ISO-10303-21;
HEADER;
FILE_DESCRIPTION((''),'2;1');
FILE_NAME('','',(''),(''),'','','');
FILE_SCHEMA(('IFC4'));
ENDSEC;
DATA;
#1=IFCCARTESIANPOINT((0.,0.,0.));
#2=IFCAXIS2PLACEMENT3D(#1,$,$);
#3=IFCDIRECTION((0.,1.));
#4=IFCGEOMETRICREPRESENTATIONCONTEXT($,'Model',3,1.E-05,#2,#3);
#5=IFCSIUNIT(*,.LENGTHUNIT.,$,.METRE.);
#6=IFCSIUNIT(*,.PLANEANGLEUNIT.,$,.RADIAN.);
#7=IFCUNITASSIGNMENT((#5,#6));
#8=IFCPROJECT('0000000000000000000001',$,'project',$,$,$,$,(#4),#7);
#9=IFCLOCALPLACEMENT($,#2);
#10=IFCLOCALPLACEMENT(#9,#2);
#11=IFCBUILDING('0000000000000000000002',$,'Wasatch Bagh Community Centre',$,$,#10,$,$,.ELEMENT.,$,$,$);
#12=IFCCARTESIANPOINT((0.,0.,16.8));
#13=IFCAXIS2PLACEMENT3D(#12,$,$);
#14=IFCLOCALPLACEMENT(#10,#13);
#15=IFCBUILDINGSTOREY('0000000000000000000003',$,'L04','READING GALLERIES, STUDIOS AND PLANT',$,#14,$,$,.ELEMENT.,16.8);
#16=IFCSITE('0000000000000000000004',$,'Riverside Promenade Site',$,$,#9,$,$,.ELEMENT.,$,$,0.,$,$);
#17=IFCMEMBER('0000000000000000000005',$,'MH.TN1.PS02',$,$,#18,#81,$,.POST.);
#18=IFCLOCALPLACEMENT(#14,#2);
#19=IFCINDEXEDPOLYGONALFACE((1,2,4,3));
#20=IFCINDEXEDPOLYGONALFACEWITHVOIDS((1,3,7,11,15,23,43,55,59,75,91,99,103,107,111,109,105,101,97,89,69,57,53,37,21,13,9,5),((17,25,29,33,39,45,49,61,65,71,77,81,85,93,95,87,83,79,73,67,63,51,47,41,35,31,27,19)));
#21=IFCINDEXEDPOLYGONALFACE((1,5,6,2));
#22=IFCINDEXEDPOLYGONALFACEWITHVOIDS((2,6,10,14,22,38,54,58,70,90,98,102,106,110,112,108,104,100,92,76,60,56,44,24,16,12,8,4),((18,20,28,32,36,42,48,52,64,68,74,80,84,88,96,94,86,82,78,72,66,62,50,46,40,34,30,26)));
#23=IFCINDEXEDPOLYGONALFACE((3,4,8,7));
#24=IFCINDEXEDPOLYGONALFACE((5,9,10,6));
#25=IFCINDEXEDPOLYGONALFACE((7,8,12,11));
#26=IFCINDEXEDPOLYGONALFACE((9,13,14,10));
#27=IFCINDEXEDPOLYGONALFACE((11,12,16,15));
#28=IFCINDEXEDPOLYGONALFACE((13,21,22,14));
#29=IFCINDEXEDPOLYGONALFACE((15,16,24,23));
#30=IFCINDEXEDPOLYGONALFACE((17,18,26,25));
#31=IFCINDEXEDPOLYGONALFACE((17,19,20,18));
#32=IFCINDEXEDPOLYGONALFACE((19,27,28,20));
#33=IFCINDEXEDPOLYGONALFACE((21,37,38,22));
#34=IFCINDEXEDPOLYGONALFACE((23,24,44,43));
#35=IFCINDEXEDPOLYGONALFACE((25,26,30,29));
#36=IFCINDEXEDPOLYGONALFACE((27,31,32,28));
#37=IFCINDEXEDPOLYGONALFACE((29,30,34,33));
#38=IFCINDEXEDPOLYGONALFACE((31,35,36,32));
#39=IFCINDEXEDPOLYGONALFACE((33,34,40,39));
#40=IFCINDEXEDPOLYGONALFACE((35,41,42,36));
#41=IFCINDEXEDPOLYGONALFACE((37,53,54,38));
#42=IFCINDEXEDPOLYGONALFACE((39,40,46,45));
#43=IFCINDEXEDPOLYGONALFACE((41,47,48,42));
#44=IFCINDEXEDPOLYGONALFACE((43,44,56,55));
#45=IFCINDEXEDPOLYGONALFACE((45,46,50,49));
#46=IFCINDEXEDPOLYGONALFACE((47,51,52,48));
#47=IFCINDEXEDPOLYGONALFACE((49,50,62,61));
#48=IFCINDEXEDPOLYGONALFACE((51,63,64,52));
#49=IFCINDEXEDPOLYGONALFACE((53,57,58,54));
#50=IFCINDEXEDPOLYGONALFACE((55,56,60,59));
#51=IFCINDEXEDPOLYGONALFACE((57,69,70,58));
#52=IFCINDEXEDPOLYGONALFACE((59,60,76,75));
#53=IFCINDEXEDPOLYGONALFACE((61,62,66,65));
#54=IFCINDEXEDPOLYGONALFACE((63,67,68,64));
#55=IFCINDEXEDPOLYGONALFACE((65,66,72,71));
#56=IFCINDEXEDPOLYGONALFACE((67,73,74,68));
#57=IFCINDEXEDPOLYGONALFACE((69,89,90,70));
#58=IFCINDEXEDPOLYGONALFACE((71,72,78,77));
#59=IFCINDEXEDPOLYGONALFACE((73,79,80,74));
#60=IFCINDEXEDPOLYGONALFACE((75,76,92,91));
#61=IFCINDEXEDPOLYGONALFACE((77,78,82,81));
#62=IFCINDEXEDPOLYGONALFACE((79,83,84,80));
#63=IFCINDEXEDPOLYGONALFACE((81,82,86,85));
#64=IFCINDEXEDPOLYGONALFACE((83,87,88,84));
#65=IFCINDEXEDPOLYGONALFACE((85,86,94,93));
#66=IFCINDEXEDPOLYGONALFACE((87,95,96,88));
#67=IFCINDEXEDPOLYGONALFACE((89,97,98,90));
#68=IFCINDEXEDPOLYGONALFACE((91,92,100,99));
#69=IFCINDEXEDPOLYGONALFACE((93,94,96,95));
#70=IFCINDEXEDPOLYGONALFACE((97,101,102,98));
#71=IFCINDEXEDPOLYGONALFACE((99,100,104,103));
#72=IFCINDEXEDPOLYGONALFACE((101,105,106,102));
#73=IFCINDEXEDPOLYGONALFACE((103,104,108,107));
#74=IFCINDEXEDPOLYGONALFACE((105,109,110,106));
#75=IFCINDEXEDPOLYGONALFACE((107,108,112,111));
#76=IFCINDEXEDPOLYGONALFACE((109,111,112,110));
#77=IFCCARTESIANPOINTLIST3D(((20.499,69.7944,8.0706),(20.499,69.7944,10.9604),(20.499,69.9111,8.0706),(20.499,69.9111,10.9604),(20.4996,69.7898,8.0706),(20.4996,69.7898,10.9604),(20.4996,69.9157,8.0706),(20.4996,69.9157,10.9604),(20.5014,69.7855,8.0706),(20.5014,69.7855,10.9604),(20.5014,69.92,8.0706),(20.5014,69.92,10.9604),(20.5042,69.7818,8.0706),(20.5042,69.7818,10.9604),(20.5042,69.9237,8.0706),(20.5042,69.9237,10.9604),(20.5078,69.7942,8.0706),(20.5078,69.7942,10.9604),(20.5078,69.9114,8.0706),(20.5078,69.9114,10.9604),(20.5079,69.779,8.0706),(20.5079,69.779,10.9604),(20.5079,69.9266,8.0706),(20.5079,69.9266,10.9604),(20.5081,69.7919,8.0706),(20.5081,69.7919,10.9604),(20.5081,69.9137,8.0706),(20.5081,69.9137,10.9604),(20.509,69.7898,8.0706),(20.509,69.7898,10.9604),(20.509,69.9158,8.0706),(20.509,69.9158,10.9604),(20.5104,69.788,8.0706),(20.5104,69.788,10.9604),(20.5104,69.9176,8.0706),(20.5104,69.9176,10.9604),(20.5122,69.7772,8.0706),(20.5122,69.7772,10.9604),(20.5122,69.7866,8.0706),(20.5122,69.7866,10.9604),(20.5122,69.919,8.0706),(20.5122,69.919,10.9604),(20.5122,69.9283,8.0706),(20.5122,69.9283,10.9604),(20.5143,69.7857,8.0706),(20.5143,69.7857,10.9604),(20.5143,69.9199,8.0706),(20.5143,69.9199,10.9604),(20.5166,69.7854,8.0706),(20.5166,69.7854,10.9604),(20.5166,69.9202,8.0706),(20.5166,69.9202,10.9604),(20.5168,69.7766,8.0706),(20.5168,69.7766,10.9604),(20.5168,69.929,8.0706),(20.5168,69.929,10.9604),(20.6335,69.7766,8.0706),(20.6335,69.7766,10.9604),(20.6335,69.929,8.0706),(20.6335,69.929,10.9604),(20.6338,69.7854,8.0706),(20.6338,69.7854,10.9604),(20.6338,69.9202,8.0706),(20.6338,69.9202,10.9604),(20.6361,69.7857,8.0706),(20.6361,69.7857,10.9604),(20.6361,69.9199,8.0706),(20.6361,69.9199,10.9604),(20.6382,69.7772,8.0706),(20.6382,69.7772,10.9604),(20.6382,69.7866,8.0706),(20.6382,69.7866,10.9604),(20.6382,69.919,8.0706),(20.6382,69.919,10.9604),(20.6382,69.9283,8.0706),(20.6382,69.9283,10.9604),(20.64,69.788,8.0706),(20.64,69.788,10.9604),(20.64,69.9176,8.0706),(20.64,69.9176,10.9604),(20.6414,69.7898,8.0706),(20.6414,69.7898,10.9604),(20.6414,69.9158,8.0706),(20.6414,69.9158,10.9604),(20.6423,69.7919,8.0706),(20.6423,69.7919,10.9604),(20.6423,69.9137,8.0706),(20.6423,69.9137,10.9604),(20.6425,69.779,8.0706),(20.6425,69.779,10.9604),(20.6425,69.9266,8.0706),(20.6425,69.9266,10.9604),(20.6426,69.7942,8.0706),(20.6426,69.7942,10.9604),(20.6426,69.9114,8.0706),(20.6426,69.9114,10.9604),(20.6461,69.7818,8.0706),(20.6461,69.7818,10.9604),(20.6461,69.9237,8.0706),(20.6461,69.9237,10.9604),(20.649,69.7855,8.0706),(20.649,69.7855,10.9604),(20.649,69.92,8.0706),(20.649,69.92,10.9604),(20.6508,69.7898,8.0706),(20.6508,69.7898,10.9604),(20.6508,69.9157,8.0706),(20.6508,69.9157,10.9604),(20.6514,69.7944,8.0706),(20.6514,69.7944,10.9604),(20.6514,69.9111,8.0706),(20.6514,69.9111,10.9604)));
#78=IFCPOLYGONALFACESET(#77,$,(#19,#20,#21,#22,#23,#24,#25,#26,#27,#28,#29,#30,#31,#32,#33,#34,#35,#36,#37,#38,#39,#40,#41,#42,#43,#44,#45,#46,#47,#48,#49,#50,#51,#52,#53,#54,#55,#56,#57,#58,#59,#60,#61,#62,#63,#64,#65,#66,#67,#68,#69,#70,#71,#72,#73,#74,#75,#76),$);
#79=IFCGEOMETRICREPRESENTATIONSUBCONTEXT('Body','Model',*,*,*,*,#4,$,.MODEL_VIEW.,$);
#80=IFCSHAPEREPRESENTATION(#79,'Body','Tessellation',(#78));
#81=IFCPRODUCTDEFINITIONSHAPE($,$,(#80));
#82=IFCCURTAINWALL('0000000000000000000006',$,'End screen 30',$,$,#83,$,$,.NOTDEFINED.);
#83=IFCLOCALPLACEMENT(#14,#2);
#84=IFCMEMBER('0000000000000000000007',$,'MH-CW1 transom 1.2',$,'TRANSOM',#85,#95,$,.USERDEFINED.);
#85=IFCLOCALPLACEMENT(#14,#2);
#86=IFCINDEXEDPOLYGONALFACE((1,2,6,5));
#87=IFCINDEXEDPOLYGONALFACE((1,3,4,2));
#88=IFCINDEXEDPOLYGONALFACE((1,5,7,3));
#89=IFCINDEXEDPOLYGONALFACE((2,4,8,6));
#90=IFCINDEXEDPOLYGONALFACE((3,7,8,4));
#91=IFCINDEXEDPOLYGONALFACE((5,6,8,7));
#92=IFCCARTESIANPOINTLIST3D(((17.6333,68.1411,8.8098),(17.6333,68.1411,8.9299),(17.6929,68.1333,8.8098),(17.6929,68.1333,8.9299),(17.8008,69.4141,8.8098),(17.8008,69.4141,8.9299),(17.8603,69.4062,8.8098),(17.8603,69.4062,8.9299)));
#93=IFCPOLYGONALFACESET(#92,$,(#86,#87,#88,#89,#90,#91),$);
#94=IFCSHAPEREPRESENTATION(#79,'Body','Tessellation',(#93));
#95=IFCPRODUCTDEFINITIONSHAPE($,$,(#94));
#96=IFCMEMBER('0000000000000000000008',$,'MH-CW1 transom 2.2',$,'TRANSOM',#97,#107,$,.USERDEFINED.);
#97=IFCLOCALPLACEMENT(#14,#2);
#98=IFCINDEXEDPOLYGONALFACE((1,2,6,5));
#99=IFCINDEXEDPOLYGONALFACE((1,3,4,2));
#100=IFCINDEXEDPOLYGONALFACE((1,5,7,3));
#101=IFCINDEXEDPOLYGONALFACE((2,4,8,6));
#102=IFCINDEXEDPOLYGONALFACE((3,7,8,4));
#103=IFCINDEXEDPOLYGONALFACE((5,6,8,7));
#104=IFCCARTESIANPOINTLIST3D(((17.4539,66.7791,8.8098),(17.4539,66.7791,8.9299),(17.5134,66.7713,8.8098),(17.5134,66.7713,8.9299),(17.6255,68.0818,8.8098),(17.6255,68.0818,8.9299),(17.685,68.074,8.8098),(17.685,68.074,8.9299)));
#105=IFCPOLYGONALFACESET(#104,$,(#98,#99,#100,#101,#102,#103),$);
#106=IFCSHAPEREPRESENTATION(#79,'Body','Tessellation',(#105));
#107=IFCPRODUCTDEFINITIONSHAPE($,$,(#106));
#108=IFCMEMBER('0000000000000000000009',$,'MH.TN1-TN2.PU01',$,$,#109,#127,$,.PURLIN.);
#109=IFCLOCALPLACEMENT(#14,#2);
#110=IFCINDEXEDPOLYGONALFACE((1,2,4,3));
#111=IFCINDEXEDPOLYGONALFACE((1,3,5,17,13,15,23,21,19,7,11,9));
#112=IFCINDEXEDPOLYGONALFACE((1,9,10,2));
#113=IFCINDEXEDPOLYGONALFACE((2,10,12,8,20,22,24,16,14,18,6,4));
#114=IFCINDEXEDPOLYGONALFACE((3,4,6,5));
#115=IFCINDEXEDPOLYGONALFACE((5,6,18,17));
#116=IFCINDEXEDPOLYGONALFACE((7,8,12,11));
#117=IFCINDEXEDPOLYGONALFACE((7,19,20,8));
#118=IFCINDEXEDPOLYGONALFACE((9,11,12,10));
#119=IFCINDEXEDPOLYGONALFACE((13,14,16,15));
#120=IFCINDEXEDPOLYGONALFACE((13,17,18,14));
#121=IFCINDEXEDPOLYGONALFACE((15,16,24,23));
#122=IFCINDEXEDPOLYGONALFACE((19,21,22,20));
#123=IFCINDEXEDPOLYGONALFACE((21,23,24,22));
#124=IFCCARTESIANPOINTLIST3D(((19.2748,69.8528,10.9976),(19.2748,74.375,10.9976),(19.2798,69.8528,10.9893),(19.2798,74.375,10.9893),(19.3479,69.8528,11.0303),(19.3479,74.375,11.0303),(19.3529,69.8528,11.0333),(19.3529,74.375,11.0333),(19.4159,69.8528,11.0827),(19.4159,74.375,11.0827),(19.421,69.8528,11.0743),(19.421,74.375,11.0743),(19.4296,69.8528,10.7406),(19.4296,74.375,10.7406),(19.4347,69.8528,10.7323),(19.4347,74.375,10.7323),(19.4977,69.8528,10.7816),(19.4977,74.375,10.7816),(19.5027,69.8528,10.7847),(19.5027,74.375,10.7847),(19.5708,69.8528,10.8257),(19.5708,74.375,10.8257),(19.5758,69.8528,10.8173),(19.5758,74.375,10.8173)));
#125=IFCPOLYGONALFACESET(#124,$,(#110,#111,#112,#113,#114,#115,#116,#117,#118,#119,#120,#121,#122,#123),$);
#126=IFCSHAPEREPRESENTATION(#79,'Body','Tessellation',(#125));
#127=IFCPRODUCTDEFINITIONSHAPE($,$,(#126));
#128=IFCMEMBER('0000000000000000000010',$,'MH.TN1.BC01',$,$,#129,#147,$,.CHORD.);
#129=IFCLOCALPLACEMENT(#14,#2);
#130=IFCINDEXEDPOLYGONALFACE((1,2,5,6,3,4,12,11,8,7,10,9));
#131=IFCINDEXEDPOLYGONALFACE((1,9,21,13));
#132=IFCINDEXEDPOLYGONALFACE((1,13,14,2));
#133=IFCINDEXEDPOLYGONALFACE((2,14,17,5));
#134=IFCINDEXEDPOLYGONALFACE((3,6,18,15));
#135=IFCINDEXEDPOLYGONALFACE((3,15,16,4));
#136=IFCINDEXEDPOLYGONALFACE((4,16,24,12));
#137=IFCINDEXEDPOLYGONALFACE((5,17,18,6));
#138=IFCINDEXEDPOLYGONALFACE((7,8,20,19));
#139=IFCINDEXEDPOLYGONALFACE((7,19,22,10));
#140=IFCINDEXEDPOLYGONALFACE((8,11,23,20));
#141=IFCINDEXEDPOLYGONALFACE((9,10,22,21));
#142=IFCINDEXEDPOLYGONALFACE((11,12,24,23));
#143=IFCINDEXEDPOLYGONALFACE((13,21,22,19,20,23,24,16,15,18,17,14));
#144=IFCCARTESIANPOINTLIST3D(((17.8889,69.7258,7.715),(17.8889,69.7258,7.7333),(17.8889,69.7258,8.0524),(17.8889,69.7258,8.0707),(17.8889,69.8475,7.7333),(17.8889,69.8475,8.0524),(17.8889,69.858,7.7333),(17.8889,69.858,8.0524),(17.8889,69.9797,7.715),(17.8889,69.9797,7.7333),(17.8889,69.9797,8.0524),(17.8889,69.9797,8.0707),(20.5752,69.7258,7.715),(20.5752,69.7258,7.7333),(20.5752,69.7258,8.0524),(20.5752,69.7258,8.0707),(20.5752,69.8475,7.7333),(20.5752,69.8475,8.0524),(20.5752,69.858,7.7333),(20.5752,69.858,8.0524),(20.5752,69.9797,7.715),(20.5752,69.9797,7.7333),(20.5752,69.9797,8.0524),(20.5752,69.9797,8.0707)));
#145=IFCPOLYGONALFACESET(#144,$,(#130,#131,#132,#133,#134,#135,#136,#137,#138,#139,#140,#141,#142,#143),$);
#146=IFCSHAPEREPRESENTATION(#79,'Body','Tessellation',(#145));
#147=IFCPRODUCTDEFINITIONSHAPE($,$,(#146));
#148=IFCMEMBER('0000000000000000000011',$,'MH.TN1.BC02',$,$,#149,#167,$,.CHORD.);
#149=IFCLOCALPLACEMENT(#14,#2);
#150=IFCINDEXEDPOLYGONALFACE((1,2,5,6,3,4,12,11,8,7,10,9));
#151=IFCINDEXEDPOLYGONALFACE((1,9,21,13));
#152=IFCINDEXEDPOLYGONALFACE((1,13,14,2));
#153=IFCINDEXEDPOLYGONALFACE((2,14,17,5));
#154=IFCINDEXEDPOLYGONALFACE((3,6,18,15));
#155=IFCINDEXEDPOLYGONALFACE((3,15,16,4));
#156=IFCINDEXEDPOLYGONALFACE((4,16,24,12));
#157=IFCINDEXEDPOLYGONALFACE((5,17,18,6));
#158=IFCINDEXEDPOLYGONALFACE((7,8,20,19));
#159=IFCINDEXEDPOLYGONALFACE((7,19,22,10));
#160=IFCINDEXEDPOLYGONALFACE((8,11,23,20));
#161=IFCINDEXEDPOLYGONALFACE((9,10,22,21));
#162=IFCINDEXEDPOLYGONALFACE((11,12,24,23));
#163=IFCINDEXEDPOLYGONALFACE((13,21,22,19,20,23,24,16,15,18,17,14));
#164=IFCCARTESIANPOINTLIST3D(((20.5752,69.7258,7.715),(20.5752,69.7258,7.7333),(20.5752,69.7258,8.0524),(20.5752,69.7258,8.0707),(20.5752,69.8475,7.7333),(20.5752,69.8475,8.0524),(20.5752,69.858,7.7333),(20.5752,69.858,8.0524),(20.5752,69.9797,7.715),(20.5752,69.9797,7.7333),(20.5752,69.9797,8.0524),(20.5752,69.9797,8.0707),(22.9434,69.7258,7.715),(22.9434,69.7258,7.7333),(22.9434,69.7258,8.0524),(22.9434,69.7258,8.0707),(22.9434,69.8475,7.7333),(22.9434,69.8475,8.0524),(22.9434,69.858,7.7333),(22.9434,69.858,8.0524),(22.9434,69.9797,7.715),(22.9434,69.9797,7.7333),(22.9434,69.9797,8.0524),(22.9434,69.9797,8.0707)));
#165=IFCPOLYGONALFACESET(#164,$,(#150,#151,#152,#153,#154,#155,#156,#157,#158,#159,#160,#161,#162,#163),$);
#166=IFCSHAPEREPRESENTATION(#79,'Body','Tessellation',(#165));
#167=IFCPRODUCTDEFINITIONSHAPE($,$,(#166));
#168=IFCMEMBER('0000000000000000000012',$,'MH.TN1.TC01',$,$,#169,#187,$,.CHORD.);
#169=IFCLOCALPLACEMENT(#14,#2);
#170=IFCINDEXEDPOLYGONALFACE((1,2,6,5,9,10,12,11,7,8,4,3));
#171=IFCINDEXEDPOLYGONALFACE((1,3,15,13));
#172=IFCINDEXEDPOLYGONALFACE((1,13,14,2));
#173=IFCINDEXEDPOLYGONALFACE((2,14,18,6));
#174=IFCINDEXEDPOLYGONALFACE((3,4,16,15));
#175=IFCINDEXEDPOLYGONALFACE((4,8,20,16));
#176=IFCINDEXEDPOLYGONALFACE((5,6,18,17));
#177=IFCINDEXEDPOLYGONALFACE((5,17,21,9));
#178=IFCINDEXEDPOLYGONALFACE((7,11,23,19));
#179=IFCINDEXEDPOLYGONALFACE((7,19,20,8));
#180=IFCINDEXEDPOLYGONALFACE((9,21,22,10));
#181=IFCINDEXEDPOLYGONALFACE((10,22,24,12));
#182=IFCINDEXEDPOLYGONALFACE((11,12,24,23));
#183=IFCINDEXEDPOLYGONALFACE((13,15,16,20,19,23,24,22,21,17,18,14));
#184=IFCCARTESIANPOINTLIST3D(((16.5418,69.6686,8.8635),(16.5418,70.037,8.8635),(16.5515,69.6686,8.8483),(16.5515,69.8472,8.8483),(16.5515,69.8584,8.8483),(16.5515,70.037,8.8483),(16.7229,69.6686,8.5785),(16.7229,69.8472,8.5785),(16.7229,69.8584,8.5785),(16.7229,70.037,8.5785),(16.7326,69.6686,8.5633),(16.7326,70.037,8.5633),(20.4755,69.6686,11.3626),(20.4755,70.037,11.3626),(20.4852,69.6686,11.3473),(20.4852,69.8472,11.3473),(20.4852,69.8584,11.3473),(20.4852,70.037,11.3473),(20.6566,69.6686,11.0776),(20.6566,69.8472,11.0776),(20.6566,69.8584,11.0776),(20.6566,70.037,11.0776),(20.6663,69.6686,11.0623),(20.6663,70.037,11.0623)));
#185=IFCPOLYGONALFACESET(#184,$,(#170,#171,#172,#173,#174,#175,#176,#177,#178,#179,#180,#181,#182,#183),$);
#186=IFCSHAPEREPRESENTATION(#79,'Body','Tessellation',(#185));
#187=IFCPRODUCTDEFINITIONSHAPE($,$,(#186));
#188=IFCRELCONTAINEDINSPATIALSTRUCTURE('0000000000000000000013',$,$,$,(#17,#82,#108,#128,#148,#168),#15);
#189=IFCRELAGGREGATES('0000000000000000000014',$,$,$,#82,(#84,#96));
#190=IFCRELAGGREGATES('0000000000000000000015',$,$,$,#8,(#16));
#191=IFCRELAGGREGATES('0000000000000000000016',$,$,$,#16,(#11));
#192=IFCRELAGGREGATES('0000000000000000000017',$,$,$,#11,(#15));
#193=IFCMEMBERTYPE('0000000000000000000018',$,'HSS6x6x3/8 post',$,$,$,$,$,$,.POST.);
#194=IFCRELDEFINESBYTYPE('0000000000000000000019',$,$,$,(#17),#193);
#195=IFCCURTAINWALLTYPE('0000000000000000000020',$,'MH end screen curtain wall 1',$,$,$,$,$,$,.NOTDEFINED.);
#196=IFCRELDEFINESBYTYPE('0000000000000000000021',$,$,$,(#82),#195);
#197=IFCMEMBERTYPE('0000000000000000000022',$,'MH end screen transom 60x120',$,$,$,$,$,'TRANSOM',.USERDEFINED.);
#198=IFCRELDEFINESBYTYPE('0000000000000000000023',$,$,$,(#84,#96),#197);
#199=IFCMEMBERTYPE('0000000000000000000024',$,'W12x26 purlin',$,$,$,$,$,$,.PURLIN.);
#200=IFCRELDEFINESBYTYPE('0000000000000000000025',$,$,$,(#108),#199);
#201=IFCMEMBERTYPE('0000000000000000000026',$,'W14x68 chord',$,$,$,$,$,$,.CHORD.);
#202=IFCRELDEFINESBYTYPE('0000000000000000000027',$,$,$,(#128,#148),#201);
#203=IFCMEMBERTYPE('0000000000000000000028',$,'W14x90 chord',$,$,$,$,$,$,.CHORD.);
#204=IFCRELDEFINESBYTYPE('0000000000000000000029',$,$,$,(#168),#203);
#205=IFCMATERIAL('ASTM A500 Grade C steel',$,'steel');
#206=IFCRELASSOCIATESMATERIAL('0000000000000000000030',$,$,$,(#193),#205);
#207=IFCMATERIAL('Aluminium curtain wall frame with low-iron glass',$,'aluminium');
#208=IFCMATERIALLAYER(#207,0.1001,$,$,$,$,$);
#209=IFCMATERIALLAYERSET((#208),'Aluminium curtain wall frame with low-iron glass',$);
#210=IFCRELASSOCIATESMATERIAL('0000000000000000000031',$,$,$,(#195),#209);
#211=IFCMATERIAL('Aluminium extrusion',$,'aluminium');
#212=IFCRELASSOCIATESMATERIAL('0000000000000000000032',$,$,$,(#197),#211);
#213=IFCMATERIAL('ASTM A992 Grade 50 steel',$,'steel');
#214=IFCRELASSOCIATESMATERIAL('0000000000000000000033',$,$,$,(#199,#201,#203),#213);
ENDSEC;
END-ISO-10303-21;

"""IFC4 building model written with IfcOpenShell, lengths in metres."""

from ifc_helpers import new_model, si_unit, direction, frame, origin, origin_2d, place, context, subcontext, project, spatial, rectangle, hollow_rectangle, i_section, extrude, material, layer, layer_set, material_profile, profile_set, type_object, element, aggregate, save


model = new_model("IFC4")

# Units and contexts
model_context = context("Model", 3, precision=1e-05, world=origin(), true_north=direction((0.0, 1.0)))
body_context = subcontext(model_context, "Body", "Model", "MODEL_VIEW")
ifc_project = project(units=[si_unit("LENGTHUNIT", "METRE"), si_unit("PLANEANGLEUNIT", "RADIAN")], contexts=[model_context])

# Site, building, storey
site_placement = place(None, origin())
site = spatial("IfcSite", under=ifc_project, at=site_placement, Name="Riverside Promenade Site", CompositionType="ELEMENT", RefElevation=0.0)
building_placement = place(site_placement, origin())
building = spatial("IfcBuilding", under=site, at=building_placement, Name="Wasatch Bagh Community Centre", CompositionType="ELEMENT")
storey_placement = place(building_placement, frame((0.0, 0.0, 16.8)))
storey = spatial("IfcBuildingStorey", under=building, at=storey_placement, Name="L04", Description="READING GALLERIES, STUDIOS AND PLANT", CompositionType="ELEMENT", Elevation=16.8)

# Member
ifc_material_1 = material(Name="ASTM A500 Grade C steel", Category="steel")
ifc_material_profile_1 = material_profile(ifc_material_1, hollow_rectangle(XDim=0.1523, YDim=0.1523, WallThickness=0.0088, InnerFilletRadius=0.0088, OuterFilletRadius=0.0178, at=origin_2d()), Name="HSS6x6x3/8")
ifc_profile_set_1 = profile_set([ifc_material_profile_1], Name="ASTM A500 Grade C steel")
member_type_1 = type_object("IfcMemberType", Name="HSS6x6x3/8 post", PredefinedType="POST", material=ifc_profile_set_1)
member_1_placement = place(storey_placement, frame((20.5752, 69.8528, 8.0706), z_axis=(0.0, 0.0, 1.0), x_axis=(1.0, 0.0, 0.0)))
element("IfcMember", 1, at=member_1_placement, inside=storey, type_object=member_type_1, Name="MH.TN1.PS02", PredefinedType="POST", context=body_context, shape_type="SweptSolid", body=[
    extrude(hollow_rectangle(XDim=0.1523, YDim=0.1523, WallThickness=0.0088, InnerFilletRadius=0.0088, OuterFilletRadius=0.0178, at=origin_2d()), origin(), (0.0, 0.0, 1.0), 2.8899),
])

# Curtain wall, members
ifc_material_2 = material(Name="Aluminium curtain wall frame with low-iron glass", Category="aluminium")
ifc_layer_1 = layer(ifc_material_2, 0.1001)
ifc_layer_set_1 = layer_set([ifc_layer_1], Name="Aluminium curtain wall frame with low-iron glass")
curtain_wall_type = type_object("IfcCurtainWallType", Name="MH end screen curtain wall 1", PredefinedType="NOTDEFINED", material=ifc_layer_set_1)
curtain_wall_placement = place(storey_placement, origin())
curtain_wall = element("IfcCurtainWall", 2, at=curtain_wall_placement, inside=storey, type_object=curtain_wall_type, Name="End screen 30", PredefinedType="NOTDEFINED")
ifc_material_3 = material(Name="Aluminium extrusion", Category="aluminium")
ifc_material_profile_2 = material_profile(ifc_material_3, rectangle(XDim=0.0601, YDim=0.1201, at=origin_2d()), Name="AL 60x120")
ifc_profile_set_2 = profile_set([ifc_material_profile_2], Name="Aluminium extrusion")
member_type_2 = type_object("IfcMemberType", Name="MH end screen transom 60x120", ElementType="TRANSOM", PredefinedType="USERDEFINED", material=ifc_profile_set_2)
member_2_placement = place(storey_placement, frame((17.8306, 69.4102, 8.8699), z_axis=(-0.130445, -0.991456, 0.0), x_axis=(0.991456, -0.130445, 0.0)))
member_2 = element("IfcMember", 3, at=member_2_placement, type_object=member_type_2, Name="MH-CW1 transom 1.2", ObjectType="TRANSOM", PredefinedType="USERDEFINED", context=body_context, shape_type="SweptSolid", body=[
    extrude(rectangle(XDim=0.0601, YDim=0.1201, at=origin_2d()), origin(), (0.0, 0.0, 1.0), 1.2839),
])
member_3_placement = place(storey_placement, frame((17.6553, 68.0779, 8.8699), z_axis=(-0.130618, -0.991433, 0.0), x_axis=(0.991433, -0.130618, 0.0)))
member_3 = element("IfcMember", 4, at=member_3_placement, type_object=member_type_2, Name="MH-CW1 transom 2.2", ObjectType="TRANSOM", PredefinedType="USERDEFINED", context=body_context, shape_type="SweptSolid", body=[
    extrude(rectangle(XDim=0.0601, YDim=0.1201, at=origin_2d()), origin(), (0.0, 0.0, 1.0), 1.314),
])

# Members
ifc_material_4 = material(Name="ASTM A992 Grade 50 steel", Category="steel")
ifc_material_profile_3 = material_profile(ifc_material_4, i_section(OverallWidth=0.1648, OverallDepth=0.3098, WebThickness=0.0059, FlangeThickness=0.0098, at=origin_2d()), Name="W12x26")
ifc_profile_set_3 = profile_set([ifc_material_profile_3], Name="ASTM A992 Grade 50 steel")
member_type_3 = type_object("IfcMemberType", Name="W12x26 purlin", PredefinedType="PURLIN", material=ifc_profile_set_3)
member_4_placement = place(storey_placement, frame((19.4253, 69.8528, 10.9075), z_axis=(0.0, 1.0, 0.0), x_axis=(-0.856568, 0.0, -0.516034)))
element("IfcMember", 5, at=member_4_placement, inside=storey, type_object=member_type_3, Name="MH.TN1-TN2.PU01", PredefinedType="PURLIN", context=body_context, shape_type="SweptSolid", body=[
    extrude(i_section(OverallWidth=0.1648, OverallDepth=0.3098, WebThickness=0.0059, FlangeThickness=0.0098, at=origin_2d()), origin(), (0.0, 0.0, 1.0), 4.5222),
])
ifc_material_profile_4 = material_profile(ifc_material_4, i_section(OverallWidth=0.2539, OverallDepth=0.3557, WebThickness=0.0105, FlangeThickness=0.0183, at=origin_2d()), Name="W14x68")
ifc_profile_set_4 = profile_set([ifc_material_profile_4], Name="ASTM A992 Grade 50 steel")
member_type_4 = type_object("IfcMemberType", Name="W14x68 chord", PredefinedType="CHORD", material=ifc_profile_set_4)
member_5_placement = place(storey_placement, frame((17.8889, 69.8528, 7.8928), z_axis=(1.0, 0.0, 0.0), x_axis=(0.0, 1.0, 0.0)))
element("IfcMember", 6, at=member_5_placement, inside=storey, type_object=member_type_4, Name="MH.TN1.BC01", PredefinedType="CHORD", context=body_context, shape_type="SweptSolid", body=[
    extrude(i_section(OverallWidth=0.2539, OverallDepth=0.3557, WebThickness=0.0105, FlangeThickness=0.0183, at=origin_2d()), origin(), (0.0, 0.0, 1.0), 2.6863),
])
member_6_placement = place(storey_placement, frame((20.5752, 69.8528, 7.8928), z_axis=(1.0, 0.0, 0.0), x_axis=(0.0, 1.0, 0.0)))
element("IfcMember", 7, at=member_6_placement, inside=storey, type_object=member_type_4, Name="MH.TN1.BC02", PredefinedType="CHORD", context=body_context, shape_type="SweptSolid", body=[
    extrude(i_section(OverallWidth=0.2539, OverallDepth=0.3557, WebThickness=0.0105, FlangeThickness=0.0183, at=origin_2d()), origin(), (0.0, 0.0, 1.0), 2.3682),
])
ifc_material_profile_5 = material_profile(ifc_material_4, i_section(OverallWidth=0.3684, OverallDepth=0.3557, WebThickness=0.0112, FlangeThickness=0.0181, at=origin_2d()), Name="W14x90")
ifc_profile_set_5 = profile_set([ifc_material_profile_5], Name="ASTM A992 Grade 50 steel")
member_type_5 = type_object("IfcMemberType", Name="W14x90 chord", PredefinedType="CHORD", material=ifc_profile_set_5)
member_7_placement = place(storey_placement, frame((16.6372, 69.8528, 8.7134), z_axis=(0.844067, 0.0, 0.536238), x_axis=(0.0, 1.0, 0.0)))
element("IfcMember", 8, at=member_7_placement, inside=storey, type_object=member_type_5, Name="MH.TN1.TC01", PredefinedType="CHORD", context=body_context, shape_type="SweptSolid", body=[
    extrude(i_section(OverallWidth=0.3684, OverallDepth=0.3557, WebThickness=0.0112, FlangeThickness=0.0181, at=origin_2d()), origin(), (0.0, 0.0, 1.0), 4.6604),
])

aggregate(curtain_wall, [member_2, member_3])

save(model, "model.ifc")
